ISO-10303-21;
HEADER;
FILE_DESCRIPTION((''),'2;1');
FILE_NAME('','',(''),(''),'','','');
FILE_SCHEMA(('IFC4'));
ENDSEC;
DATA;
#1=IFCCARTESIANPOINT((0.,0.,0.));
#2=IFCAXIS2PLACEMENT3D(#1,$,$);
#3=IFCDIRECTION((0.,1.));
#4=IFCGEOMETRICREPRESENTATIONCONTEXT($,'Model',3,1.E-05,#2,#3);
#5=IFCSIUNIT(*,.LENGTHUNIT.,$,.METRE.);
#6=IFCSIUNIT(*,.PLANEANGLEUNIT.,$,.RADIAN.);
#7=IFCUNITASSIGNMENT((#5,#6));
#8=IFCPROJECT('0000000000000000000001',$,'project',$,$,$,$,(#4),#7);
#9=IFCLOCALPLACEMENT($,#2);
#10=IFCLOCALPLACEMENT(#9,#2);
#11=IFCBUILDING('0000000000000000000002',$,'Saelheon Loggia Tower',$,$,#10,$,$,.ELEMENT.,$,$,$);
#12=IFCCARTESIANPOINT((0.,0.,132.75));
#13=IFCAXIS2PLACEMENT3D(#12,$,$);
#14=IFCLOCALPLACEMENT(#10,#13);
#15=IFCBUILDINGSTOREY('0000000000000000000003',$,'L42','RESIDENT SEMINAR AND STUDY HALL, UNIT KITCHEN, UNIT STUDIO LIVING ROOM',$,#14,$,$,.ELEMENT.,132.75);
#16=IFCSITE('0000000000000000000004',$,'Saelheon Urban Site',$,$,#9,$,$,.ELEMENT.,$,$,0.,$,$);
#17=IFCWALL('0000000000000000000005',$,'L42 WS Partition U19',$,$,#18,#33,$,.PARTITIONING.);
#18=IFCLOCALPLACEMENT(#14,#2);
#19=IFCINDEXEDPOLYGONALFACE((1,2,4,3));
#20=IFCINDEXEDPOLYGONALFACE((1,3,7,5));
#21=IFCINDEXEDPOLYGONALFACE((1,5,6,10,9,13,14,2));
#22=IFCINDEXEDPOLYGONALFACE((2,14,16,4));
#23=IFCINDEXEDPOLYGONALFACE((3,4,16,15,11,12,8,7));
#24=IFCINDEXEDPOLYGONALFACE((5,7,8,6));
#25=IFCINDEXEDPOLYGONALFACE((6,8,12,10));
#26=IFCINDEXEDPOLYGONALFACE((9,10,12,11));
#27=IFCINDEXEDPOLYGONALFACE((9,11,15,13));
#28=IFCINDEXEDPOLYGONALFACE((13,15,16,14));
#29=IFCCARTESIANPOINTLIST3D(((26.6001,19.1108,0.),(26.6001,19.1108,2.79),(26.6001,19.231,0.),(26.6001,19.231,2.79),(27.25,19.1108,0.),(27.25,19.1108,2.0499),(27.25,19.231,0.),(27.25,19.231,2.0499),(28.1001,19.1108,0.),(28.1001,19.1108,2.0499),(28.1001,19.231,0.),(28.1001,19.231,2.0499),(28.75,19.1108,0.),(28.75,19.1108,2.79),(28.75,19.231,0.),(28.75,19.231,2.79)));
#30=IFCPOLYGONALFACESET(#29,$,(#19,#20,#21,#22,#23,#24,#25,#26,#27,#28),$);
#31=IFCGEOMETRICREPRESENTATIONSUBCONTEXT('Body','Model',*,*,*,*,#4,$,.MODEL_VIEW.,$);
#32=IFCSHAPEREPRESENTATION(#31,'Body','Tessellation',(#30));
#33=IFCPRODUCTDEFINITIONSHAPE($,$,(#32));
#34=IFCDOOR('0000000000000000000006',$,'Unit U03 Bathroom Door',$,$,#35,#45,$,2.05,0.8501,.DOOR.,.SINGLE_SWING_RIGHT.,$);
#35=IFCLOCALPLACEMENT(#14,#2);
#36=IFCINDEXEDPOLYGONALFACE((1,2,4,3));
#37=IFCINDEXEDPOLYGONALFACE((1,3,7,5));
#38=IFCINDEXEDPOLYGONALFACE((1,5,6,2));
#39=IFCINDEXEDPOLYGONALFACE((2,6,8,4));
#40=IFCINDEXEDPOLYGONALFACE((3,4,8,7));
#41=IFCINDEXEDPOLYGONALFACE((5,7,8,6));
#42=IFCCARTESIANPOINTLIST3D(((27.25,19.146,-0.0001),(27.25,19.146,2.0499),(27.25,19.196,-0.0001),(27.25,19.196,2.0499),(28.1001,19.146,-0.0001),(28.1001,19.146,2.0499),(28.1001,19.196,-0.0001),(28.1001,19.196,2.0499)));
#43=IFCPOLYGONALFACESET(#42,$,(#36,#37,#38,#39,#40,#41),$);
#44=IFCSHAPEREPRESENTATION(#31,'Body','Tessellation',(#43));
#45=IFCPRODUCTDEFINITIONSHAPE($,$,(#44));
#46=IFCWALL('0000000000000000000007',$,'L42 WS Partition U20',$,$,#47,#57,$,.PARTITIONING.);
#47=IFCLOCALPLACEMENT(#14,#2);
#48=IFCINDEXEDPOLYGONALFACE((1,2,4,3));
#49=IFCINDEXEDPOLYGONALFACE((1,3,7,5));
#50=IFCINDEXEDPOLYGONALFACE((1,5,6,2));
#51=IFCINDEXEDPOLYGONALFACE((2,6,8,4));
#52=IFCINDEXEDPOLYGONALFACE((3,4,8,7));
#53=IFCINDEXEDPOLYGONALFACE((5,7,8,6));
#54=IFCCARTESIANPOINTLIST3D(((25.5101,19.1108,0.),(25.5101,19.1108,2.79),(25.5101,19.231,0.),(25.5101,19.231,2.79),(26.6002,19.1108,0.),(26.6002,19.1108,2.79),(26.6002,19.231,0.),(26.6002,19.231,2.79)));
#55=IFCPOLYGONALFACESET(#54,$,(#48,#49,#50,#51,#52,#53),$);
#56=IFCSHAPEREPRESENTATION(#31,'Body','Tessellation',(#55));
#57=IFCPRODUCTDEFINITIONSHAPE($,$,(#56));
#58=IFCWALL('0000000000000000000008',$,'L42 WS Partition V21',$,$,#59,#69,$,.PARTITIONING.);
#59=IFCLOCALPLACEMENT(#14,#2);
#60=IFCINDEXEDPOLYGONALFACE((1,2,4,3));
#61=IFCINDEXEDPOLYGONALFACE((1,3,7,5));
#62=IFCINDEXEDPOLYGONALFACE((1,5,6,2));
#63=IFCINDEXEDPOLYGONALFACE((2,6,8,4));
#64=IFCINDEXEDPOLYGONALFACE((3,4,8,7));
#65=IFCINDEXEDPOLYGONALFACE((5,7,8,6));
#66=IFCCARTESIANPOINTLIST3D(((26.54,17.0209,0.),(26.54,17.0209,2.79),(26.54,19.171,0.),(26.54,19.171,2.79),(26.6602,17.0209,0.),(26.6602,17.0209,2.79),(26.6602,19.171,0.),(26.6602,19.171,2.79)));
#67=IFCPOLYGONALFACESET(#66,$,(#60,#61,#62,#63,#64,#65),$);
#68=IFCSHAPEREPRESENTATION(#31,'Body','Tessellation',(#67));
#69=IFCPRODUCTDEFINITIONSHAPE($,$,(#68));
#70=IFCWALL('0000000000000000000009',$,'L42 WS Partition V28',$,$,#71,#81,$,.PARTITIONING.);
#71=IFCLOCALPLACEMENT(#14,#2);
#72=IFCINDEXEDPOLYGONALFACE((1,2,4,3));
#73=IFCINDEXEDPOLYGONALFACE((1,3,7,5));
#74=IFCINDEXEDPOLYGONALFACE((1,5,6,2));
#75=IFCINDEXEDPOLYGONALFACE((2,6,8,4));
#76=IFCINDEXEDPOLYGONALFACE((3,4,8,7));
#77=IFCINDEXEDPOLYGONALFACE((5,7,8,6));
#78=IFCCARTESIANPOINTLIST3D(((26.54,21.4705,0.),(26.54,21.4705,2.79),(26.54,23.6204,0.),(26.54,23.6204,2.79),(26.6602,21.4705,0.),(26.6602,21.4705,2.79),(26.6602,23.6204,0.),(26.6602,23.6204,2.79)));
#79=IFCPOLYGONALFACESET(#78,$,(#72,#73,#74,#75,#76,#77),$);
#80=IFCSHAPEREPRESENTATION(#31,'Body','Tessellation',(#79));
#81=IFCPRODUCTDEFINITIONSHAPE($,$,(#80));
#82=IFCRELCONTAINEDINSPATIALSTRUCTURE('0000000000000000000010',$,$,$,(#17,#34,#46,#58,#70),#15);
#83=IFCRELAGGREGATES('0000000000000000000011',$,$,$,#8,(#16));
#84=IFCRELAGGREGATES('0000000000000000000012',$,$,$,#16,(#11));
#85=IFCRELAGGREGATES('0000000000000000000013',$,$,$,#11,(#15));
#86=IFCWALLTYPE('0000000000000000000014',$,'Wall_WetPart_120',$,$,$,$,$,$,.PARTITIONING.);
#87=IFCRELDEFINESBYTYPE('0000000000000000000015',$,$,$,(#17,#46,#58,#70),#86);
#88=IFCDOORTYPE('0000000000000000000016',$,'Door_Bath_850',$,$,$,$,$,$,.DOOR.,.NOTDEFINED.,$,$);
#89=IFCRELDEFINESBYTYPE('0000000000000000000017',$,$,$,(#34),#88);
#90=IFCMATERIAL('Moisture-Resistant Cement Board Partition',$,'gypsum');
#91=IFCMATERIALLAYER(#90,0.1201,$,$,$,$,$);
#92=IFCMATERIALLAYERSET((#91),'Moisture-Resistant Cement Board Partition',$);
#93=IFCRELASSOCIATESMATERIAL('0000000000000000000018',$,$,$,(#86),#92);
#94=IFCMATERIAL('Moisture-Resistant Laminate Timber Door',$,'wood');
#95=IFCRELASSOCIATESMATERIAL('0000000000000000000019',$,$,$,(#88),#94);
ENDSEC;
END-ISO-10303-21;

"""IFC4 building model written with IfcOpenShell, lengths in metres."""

from ifc_helpers import new_model, si_unit, direction, frame, frame_2d, origin, place, context, subcontext, project, spatial, rectangle, extrude, source, transform, mapped, material, layer, layer_set, type_object, element, fill, save


model = new_model("IFC4")

# Units and contexts
model_context = context("Model", 3, precision=1e-05, world=origin(), true_north=direction((0.0, 1.0)))
body_context = subcontext(model_context, "Body", "Model", "MODEL_VIEW")
ifc_project = project(units=[si_unit("LENGTHUNIT", "METRE"), si_unit("PLANEANGLEUNIT", "RADIAN")], contexts=[model_context])

# Site, building, storey
site_placement = place(None, origin())
site = spatial("IfcSite", under=ifc_project, at=site_placement, Name="Saelheon Urban Site", CompositionType="ELEMENT", RefElevation=0.0)
building_placement = place(site_placement, origin())
building = spatial("IfcBuilding", under=site, at=building_placement, Name="Saelheon Loggia Tower", CompositionType="ELEMENT")
storey_placement = place(building_placement, frame((0.0, 0.0, 132.75)))
storey = spatial("IfcBuildingStorey", under=building, at=storey_placement, Name="L42", Description="RESIDENT SEMINAR AND STUDY HALL, UNIT KITCHEN, UNIT STUDIO LIVING ROOM", CompositionType="ELEMENT", Elevation=132.75)

# Wall, opening, door
ifc_material_1 = material(Name="Moisture-Resistant Cement Board Partition", Category="gypsum")
ifc_layer_1 = layer(ifc_material_1, 0.1201)
ifc_layer_set_1 = layer_set([ifc_layer_1], Name="Moisture-Resistant Cement Board Partition")
wall_type_1 = type_object("IfcWallType", Name="Wall_WetPart_120", PredefinedType="PARTITIONING", material=ifc_layer_set_1)
wall_1_placement = place(storey_placement, frame((28.75, 19.1709, 0.0), z_axis=(0.0, 0.0, 1.0), x_axis=(-1.0, 0.0, 0.0)))
wall_1 = element("IfcWall", 1, at=wall_1_placement, inside=storey, type_object=wall_type_1, Name="L42 WS Partition U19", PredefinedType="PARTITIONING", context=body_context, shape_type="SweptSolid", body=[
    extrude(rectangle(XDim=2.1499, YDim=0.1201, at=frame_2d((1.075, 0.0))), origin(), (0.0, 0.0, 1.0), 2.79),
])
opening_1_placement = place(wall_1_placement, frame((0.6499, 0.0, 0.0)))
opening_1 = element("IfcOpeningElement", 2, at=opening_1_placement, cuts=wall_1, PredefinedType="OPENING", context=body_context, shape_type="SweptSolid", body=[
    extrude(rectangle(XDim=0.8501, YDim=2.05, at=frame_2d((0.425, 1.0249))), frame((0.0, 0.072, 0.0), z_axis=(0.0, -1.0, 0.0), x_axis=(1.0, 0.0, 0.0)), (0.0, 0.0, 1.0), 0.144),
])
ifc_material_2 = material(Name="Moisture-Resistant Laminate Timber Door", Category="wood")
door_type_1 = type_object("IfcDoorType", Name="Door_Bath_850", OperationType="NOTDEFINED", PredefinedType="DOOR", material=ifc_material_2)
shared_shape_1 = source(origin(), body_context, "Body", "SweptSolid", [
    extrude(rectangle(XDim=0.8501, YDim=2.05, at=frame_2d((0.425, 1.0249))), frame((0.0, 0.0249, 0.0), z_axis=(0.0, -1.0, 0.0), x_axis=(1.0, 0.0, 0.0)), (0.0, 0.0, 1.0), 0.05),
])
door_1_placement = place(opening_1_placement, origin())
door_1 = element("IfcDoor", 3, at=door_1_placement, inside=storey, type_object=door_type_1, Name="Unit U03 Bathroom Door", OperationType="SINGLE_SWING_RIGHT", OverallHeight=2.05, OverallWidth=0.8501, PredefinedType="DOOR", context=body_context, shape_type="MappedRepresentation", body=[
    mapped(shared_shape_1, transform((0.0, 0.0, 0.0), scale=1.0)),
])
fill(opening_1, door_1)

# Walls
wall_2_placement = place(storey_placement, frame((26.6001, 19.1709, 0.0), z_axis=(0.0, 0.0, 1.0), x_axis=(-1.0, 0.0, 0.0)))
element("IfcWall", 4, at=wall_2_placement, inside=storey, type_object=wall_type_1, Name="L42 WS Partition U20", PredefinedType="PARTITIONING", context=body_context, shape_type="SweptSolid", body=[
    extrude(rectangle(XDim=1.0901, YDim=0.1201, at=frame_2d((0.5449, 0.0))), origin(), (0.0, 0.0, 1.0), 2.79),
])
wall_3_placement = place(storey_placement, frame((26.6001, 17.0208, 0.0), z_axis=(0.0, 0.0, 1.0), x_axis=(0.0, 1.0, 0.0)))
element("IfcWall", 5, at=wall_3_placement, inside=storey, type_object=wall_type_1, Name="L42 WS Partition V21", PredefinedType="PARTITIONING", context=body_context, shape_type="SweptSolid", body=[
    extrude(rectangle(XDim=2.1501, YDim=0.1201, at=frame_2d((1.0752, 0.0))), origin(), (0.0, 0.0, 1.0), 2.79),
])
wall_4_placement = place(storey_placement, frame((26.6001, 21.4705, 0.0), z_axis=(0.0, 0.0, 1.0), x_axis=(0.0, 1.0, 0.0)))
element("IfcWall", 6, at=wall_4_placement, inside=storey, type_object=wall_type_1, Name="L42 WS Partition V28", PredefinedType="PARTITIONING", context=body_context, shape_type="SweptSolid", body=[
    extrude(rectangle(XDim=2.1499, YDim=0.1201, at=frame_2d((1.075, 0.0))), origin(), (0.0, 0.0, 1.0), 2.79),
])

save(model, "model.ifc")
